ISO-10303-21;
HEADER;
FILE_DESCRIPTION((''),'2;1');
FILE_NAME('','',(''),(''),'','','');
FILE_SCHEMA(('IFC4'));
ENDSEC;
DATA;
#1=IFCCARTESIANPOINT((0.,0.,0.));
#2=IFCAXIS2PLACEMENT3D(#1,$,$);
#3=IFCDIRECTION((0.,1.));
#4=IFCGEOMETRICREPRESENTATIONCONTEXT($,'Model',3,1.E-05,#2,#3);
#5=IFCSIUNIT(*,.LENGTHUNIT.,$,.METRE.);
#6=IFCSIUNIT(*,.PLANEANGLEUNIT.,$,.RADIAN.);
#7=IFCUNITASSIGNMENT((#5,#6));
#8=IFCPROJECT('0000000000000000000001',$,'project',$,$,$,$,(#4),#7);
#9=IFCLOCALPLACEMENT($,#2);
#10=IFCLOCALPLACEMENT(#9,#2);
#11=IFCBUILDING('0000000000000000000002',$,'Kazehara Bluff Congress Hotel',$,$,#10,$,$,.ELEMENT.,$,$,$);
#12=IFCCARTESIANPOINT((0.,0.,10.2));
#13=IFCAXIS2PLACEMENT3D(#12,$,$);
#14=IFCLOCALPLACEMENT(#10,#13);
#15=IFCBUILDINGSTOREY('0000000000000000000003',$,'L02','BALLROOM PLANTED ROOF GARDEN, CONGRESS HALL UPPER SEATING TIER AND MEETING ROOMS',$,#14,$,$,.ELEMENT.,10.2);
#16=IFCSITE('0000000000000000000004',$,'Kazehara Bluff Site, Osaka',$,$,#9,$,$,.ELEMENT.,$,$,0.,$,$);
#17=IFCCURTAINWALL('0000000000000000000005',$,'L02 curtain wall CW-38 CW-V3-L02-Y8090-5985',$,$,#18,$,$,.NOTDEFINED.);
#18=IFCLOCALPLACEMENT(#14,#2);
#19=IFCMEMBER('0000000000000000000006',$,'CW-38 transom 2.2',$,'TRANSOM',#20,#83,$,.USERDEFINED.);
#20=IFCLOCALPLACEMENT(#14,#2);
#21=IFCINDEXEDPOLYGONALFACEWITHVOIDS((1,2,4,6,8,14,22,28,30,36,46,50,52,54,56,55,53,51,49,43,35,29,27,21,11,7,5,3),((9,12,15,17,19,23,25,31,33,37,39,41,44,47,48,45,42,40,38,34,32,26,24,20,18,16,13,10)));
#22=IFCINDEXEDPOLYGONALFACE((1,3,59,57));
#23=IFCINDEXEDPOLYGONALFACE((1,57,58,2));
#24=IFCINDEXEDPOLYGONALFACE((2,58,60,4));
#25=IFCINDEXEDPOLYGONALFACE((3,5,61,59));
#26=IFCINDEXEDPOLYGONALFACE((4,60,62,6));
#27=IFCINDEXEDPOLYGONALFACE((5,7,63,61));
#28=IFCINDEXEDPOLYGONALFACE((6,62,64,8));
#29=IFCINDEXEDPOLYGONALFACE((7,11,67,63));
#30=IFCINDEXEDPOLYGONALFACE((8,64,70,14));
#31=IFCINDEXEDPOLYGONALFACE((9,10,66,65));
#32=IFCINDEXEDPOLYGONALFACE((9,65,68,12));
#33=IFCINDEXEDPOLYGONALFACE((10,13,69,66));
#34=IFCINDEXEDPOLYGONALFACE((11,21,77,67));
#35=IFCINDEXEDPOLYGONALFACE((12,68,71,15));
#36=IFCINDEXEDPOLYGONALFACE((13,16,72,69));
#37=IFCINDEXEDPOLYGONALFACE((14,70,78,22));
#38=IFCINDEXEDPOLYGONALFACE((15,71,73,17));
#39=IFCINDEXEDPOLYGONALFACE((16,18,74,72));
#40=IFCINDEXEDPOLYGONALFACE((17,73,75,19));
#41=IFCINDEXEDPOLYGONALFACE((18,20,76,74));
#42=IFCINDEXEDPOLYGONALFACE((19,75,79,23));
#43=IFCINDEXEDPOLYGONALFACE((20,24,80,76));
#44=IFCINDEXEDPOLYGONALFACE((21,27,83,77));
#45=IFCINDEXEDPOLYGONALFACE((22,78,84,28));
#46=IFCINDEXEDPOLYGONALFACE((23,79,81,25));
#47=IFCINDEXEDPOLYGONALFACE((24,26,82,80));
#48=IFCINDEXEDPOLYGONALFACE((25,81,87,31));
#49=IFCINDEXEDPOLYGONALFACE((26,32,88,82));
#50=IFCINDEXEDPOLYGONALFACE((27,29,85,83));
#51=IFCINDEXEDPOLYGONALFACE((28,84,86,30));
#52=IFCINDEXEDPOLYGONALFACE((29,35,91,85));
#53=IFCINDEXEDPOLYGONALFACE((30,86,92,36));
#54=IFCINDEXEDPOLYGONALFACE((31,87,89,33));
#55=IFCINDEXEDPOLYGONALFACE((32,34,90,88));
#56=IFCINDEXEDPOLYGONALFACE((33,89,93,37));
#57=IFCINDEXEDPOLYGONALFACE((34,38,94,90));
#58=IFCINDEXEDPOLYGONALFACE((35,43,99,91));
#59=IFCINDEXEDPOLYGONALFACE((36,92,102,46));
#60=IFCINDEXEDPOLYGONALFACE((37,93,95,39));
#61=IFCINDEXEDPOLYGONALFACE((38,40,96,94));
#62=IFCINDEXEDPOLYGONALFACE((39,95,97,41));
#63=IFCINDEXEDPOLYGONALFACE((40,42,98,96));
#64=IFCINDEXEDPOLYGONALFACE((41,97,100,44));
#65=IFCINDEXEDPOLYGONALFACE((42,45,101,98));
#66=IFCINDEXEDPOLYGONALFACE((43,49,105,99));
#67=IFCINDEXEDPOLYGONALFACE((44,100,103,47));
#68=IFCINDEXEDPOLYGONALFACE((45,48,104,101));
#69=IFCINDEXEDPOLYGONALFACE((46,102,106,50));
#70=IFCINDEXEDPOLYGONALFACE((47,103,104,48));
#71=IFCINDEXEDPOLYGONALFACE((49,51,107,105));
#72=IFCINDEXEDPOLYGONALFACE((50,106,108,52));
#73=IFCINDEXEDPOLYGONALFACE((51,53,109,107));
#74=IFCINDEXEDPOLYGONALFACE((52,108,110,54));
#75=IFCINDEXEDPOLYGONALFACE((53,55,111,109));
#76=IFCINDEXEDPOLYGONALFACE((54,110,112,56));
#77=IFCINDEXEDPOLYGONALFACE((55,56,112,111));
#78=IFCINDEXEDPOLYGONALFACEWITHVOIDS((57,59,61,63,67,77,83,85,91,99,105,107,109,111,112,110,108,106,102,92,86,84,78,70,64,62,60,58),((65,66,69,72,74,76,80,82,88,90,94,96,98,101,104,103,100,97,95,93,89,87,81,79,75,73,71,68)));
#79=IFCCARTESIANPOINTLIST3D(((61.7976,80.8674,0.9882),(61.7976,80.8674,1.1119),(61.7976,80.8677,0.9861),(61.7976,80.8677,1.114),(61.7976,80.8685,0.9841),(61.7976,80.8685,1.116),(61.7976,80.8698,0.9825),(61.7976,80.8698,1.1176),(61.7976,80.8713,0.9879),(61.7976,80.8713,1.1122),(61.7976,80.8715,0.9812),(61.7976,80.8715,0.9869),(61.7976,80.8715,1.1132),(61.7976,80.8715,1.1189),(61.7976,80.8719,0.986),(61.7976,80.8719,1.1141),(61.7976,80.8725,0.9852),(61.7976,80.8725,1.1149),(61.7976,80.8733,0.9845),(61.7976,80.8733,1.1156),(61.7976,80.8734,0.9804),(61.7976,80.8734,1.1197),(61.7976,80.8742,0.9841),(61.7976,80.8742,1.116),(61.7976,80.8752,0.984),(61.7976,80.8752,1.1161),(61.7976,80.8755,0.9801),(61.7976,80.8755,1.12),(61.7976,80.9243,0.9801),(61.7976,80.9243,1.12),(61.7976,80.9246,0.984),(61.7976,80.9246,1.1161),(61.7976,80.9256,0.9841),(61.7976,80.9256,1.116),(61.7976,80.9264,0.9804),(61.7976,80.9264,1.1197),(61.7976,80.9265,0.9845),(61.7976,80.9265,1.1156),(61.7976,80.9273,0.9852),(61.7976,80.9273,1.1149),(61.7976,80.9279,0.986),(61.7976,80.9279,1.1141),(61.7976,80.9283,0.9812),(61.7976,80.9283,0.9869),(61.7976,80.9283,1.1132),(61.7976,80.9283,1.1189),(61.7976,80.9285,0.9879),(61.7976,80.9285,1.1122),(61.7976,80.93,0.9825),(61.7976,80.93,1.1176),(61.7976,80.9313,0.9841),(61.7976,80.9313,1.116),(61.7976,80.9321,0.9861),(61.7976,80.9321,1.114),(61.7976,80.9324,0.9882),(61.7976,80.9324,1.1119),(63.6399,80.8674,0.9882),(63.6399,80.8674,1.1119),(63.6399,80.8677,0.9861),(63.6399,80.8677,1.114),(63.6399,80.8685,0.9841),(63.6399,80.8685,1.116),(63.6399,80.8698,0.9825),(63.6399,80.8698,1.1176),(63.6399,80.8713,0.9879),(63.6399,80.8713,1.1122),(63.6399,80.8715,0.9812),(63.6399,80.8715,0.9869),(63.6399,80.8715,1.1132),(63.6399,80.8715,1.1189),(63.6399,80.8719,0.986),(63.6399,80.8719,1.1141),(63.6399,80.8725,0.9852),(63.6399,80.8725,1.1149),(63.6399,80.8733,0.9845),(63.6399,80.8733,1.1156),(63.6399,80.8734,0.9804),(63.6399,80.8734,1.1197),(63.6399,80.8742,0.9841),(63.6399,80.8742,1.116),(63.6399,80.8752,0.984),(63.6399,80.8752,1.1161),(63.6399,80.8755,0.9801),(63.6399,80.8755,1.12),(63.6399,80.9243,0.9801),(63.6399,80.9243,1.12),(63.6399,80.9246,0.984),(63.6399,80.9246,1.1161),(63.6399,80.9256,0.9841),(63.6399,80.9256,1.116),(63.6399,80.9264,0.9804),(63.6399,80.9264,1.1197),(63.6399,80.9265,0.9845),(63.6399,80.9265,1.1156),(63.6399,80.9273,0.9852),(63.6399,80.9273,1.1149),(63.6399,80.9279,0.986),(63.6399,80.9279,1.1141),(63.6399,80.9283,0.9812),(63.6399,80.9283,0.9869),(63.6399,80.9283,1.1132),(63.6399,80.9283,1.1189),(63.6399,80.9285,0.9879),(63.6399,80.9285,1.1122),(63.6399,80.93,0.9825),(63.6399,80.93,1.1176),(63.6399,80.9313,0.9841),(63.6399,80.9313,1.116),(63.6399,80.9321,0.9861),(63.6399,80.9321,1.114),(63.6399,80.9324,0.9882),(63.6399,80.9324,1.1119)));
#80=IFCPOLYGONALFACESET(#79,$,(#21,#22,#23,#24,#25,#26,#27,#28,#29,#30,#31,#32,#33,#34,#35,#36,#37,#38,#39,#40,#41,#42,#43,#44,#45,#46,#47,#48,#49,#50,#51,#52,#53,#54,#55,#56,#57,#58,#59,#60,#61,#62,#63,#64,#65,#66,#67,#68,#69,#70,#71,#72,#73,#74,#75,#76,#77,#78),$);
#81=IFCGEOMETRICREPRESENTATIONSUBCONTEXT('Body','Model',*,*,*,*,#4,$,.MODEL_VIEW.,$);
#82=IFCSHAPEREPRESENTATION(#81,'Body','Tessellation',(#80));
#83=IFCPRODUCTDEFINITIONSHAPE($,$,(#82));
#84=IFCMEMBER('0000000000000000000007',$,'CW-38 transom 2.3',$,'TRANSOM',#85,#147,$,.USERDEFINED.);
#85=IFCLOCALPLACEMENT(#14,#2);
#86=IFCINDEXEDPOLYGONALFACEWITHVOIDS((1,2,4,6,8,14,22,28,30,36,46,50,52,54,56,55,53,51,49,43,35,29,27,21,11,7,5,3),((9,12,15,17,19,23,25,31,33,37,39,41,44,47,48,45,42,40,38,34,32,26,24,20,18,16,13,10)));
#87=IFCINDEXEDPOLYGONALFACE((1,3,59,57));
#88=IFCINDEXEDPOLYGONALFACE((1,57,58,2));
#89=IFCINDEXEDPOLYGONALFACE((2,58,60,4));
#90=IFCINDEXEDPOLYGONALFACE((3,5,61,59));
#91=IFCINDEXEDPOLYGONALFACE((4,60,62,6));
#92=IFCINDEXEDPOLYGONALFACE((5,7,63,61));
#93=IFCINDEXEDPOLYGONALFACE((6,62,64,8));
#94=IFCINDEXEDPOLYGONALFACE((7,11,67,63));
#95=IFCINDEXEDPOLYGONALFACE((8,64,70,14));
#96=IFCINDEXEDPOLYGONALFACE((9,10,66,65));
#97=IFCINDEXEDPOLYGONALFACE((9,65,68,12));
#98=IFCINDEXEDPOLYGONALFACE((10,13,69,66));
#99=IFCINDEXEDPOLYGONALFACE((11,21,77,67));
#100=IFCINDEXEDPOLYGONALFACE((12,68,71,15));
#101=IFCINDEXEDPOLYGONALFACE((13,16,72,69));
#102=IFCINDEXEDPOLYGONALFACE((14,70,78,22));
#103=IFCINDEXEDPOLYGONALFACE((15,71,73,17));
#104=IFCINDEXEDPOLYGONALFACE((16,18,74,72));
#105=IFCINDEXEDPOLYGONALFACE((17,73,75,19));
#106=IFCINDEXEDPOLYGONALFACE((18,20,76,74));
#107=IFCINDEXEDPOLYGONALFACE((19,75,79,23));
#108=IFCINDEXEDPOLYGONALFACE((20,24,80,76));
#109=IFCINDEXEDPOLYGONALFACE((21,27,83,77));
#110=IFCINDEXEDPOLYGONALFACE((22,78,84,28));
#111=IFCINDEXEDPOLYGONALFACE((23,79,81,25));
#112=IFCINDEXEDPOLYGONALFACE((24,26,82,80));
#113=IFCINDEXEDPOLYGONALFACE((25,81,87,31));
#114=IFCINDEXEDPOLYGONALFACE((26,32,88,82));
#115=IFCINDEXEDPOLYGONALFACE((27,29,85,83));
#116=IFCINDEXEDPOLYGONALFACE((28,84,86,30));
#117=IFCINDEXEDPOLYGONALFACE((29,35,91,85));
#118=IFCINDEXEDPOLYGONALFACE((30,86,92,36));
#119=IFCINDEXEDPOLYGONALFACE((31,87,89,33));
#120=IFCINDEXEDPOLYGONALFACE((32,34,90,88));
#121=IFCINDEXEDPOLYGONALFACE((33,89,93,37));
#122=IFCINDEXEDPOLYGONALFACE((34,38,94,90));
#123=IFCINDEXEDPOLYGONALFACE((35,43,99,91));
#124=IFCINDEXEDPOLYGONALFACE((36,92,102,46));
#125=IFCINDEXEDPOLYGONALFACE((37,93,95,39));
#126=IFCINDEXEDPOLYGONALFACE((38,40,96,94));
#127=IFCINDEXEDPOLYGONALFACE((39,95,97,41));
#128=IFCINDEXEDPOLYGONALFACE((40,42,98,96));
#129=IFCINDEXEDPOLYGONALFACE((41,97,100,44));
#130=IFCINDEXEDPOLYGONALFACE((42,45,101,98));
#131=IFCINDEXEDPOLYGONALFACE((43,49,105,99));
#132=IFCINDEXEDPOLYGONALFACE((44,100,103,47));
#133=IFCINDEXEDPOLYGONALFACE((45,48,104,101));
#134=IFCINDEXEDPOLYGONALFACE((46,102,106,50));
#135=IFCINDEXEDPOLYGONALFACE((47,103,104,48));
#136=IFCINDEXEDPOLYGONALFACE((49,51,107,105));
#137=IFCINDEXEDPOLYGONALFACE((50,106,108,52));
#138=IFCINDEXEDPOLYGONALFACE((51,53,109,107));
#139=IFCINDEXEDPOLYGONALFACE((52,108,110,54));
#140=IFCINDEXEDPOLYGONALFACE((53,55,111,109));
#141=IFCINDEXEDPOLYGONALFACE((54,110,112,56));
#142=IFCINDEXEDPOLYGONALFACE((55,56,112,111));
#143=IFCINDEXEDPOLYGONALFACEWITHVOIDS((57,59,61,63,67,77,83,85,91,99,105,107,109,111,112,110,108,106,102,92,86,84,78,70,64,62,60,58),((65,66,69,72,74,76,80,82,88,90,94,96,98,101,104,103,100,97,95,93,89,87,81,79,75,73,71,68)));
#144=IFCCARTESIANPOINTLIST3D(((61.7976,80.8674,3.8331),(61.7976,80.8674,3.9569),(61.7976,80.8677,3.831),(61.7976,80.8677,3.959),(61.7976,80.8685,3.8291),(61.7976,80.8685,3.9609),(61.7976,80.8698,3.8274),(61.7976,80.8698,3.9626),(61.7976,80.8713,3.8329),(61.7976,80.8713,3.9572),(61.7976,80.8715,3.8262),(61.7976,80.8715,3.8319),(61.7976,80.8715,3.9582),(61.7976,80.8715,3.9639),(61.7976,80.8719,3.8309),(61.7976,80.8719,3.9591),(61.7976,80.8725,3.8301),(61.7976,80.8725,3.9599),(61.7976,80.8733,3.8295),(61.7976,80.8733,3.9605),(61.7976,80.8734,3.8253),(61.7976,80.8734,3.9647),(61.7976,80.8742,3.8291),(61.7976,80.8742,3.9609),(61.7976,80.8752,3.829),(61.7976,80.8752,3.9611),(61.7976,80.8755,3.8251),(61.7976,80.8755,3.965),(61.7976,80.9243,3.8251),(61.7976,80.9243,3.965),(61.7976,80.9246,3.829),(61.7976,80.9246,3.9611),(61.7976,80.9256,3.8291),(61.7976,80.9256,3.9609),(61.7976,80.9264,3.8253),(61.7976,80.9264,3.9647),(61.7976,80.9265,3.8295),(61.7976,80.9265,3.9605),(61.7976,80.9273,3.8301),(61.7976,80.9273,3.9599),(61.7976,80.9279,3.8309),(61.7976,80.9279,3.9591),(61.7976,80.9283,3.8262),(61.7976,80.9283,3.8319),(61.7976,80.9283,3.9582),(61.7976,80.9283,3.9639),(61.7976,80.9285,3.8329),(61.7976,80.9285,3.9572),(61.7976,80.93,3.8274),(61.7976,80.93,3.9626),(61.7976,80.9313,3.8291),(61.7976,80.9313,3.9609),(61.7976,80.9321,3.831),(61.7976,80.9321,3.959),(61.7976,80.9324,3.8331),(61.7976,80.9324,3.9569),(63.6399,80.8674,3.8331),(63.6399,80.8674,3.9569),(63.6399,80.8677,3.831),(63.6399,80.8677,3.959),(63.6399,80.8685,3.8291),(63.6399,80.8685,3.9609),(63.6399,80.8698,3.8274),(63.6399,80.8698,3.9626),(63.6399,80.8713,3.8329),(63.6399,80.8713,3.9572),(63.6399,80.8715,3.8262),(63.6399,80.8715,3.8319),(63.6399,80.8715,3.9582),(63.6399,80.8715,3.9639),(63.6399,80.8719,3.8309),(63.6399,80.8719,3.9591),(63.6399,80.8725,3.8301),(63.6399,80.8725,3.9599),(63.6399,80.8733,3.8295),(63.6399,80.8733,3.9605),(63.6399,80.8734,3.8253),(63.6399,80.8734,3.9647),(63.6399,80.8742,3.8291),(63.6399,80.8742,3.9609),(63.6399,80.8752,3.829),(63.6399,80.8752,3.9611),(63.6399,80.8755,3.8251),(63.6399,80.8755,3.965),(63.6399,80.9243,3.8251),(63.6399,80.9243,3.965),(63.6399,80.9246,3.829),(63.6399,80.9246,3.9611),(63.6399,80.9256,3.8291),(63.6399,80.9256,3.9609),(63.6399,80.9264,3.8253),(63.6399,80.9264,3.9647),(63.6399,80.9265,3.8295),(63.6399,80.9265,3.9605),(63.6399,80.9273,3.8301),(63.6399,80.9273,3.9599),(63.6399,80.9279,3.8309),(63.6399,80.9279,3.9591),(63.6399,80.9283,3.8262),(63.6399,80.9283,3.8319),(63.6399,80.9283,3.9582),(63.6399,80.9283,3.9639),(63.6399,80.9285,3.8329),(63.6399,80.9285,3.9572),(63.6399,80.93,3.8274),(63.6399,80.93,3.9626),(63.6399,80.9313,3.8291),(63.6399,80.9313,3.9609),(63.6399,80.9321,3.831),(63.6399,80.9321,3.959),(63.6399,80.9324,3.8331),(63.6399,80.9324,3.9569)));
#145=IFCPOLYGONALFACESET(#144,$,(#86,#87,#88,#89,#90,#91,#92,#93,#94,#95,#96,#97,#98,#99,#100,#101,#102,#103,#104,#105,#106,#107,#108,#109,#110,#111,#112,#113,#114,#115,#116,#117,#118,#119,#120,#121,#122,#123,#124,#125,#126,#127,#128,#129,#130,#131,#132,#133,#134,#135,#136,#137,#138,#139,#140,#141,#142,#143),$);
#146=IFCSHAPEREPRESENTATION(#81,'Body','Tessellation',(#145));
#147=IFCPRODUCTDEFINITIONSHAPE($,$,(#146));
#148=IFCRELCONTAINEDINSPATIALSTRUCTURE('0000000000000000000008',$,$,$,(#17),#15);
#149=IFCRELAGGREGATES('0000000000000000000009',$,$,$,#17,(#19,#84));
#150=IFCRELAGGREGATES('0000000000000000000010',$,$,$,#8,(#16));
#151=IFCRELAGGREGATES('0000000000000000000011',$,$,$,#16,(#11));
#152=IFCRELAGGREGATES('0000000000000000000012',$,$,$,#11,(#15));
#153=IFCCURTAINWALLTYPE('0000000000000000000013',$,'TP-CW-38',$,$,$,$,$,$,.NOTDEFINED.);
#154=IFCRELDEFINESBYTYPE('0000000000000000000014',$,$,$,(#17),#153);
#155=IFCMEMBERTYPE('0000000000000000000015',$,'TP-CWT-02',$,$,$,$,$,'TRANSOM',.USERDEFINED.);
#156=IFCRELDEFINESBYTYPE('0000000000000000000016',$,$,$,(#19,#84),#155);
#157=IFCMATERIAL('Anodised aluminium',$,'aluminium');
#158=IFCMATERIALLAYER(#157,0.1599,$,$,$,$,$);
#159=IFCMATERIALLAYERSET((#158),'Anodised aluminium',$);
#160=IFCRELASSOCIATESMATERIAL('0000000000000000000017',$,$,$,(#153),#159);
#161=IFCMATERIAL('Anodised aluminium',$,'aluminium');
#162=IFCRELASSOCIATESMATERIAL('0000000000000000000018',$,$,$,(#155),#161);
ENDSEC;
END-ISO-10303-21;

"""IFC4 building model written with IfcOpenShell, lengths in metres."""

from ifc_helpers import new_model, si_unit, direction, frame, origin, origin_2d, place, context, subcontext, project, spatial, hollow_rectangle, extrude, material, layer, layer_set, material_profile, profile_set, type_object, element, aggregate, save


model = new_model("IFC4")

# Units and contexts
model_context = context("Model", 3, precision=1e-05, world=origin(), true_north=direction((0.0, 1.0)))
body_context = subcontext(model_context, "Body", "Model", "MODEL_VIEW")
ifc_project = project(units=[si_unit("LENGTHUNIT", "METRE"), si_unit("PLANEANGLEUNIT", "RADIAN")], contexts=[model_context])

# Site, building, storey
site_placement = place(None, origin())
site = spatial("IfcSite", under=ifc_project, at=site_placement, Name="Kazehara Bluff Site, Osaka", CompositionType="ELEMENT", RefElevation=0.0)
building_placement = place(site_placement, origin())
building = spatial("IfcBuilding", under=site, at=building_placement, Name="Kazehara Bluff Congress Hotel", CompositionType="ELEMENT")
storey_placement = place(building_placement, frame((0.0, 0.0, 10.2)))
storey = spatial("IfcBuildingStorey", under=building, at=storey_placement, Name="L02", Description="BALLROOM PLANTED ROOF GARDEN, CONGRESS HALL UPPER SEATING TIER AND MEETING ROOMS", CompositionType="ELEMENT", Elevation=10.2)

# Curtain wall
ifc_material_1 = material(Name="Anodised aluminium", Category="aluminium")
ifc_layer_1 = layer(ifc_material_1, 0.1599)
ifc_layer_set_1 = layer_set([ifc_layer_1], Name="Anodised aluminium")
curtain_wall_type_1 = type_object("IfcCurtainWallType", Name="TP-CW-38", PredefinedType="NOTDEFINED", material=ifc_layer_set_1)
curtain_wall_1_placement = place(storey_placement, origin())
curtain_wall_1 = element("IfcCurtainWall", 1, at=curtain_wall_1_placement, inside=storey, type_object=curtain_wall_type_1, Name="L02 curtain wall CW-38 CW-V3-L02-Y8090-5985", PredefinedType="NOTDEFINED")

# Members
ifc_material_2 = material(Name="Anodised aluminium", Category="aluminium")
ifc_material_profile_1 = material_profile(ifc_material_2, hollow_rectangle(XDim=0.0649, YDim=0.1399, WallThickness=0.0039, InnerFilletRadius=0.0039, OuterFilletRadius=0.0081, at=origin_2d()))
ifc_profile_set_1 = profile_set([ifc_material_profile_1], Name="Anodised aluminium")
member_type_1 = type_object("IfcMemberType", Name="TP-CWT-02", ElementType="TRANSOM", PredefinedType="USERDEFINED", material=ifc_profile_set_1)
member_1_placement = place(storey_placement, frame((61.7976, 80.8999, 1.05), z_axis=(1.0, 0.0, 0.0), x_axis=(0.0, 1.0, 0.0)))
member_1 = element("IfcMember", 2, at=member_1_placement, type_object=member_type_1, Name="CW-38 transom 2.2", ObjectType="TRANSOM", PredefinedType="USERDEFINED", context=body_context, shape_type="SweptSolid", body=[
    extrude(hollow_rectangle(XDim=0.0649, YDim=0.1399, WallThickness=0.0039, InnerFilletRadius=0.0039, OuterFilletRadius=0.0081, at=origin_2d()), origin(), (0.0, 0.0, 1.0), 1.8423),
])
member_2_placement = place(storey_placement, frame((61.7976, 80.8999, 3.895), z_axis=(1.0, 0.0, 0.0), x_axis=(0.0, 1.0, 0.0)))
member_2 = element("IfcMember", 3, at=member_2_placement, type_object=member_type_1, Name="CW-38 transom 2.3", ObjectType="TRANSOM", PredefinedType="USERDEFINED", context=body_context, shape_type="SweptSolid", body=[
    extrude(hollow_rectangle(XDim=0.0649, YDim=0.1399, WallThickness=0.0039, InnerFilletRadius=0.0039, OuterFilletRadius=0.0081, at=origin_2d()), origin(), (0.0, 0.0, 1.0), 1.8423),
])

aggregate(curtain_wall_1, [member_1, member_2])

save(model, "model.ifc")
